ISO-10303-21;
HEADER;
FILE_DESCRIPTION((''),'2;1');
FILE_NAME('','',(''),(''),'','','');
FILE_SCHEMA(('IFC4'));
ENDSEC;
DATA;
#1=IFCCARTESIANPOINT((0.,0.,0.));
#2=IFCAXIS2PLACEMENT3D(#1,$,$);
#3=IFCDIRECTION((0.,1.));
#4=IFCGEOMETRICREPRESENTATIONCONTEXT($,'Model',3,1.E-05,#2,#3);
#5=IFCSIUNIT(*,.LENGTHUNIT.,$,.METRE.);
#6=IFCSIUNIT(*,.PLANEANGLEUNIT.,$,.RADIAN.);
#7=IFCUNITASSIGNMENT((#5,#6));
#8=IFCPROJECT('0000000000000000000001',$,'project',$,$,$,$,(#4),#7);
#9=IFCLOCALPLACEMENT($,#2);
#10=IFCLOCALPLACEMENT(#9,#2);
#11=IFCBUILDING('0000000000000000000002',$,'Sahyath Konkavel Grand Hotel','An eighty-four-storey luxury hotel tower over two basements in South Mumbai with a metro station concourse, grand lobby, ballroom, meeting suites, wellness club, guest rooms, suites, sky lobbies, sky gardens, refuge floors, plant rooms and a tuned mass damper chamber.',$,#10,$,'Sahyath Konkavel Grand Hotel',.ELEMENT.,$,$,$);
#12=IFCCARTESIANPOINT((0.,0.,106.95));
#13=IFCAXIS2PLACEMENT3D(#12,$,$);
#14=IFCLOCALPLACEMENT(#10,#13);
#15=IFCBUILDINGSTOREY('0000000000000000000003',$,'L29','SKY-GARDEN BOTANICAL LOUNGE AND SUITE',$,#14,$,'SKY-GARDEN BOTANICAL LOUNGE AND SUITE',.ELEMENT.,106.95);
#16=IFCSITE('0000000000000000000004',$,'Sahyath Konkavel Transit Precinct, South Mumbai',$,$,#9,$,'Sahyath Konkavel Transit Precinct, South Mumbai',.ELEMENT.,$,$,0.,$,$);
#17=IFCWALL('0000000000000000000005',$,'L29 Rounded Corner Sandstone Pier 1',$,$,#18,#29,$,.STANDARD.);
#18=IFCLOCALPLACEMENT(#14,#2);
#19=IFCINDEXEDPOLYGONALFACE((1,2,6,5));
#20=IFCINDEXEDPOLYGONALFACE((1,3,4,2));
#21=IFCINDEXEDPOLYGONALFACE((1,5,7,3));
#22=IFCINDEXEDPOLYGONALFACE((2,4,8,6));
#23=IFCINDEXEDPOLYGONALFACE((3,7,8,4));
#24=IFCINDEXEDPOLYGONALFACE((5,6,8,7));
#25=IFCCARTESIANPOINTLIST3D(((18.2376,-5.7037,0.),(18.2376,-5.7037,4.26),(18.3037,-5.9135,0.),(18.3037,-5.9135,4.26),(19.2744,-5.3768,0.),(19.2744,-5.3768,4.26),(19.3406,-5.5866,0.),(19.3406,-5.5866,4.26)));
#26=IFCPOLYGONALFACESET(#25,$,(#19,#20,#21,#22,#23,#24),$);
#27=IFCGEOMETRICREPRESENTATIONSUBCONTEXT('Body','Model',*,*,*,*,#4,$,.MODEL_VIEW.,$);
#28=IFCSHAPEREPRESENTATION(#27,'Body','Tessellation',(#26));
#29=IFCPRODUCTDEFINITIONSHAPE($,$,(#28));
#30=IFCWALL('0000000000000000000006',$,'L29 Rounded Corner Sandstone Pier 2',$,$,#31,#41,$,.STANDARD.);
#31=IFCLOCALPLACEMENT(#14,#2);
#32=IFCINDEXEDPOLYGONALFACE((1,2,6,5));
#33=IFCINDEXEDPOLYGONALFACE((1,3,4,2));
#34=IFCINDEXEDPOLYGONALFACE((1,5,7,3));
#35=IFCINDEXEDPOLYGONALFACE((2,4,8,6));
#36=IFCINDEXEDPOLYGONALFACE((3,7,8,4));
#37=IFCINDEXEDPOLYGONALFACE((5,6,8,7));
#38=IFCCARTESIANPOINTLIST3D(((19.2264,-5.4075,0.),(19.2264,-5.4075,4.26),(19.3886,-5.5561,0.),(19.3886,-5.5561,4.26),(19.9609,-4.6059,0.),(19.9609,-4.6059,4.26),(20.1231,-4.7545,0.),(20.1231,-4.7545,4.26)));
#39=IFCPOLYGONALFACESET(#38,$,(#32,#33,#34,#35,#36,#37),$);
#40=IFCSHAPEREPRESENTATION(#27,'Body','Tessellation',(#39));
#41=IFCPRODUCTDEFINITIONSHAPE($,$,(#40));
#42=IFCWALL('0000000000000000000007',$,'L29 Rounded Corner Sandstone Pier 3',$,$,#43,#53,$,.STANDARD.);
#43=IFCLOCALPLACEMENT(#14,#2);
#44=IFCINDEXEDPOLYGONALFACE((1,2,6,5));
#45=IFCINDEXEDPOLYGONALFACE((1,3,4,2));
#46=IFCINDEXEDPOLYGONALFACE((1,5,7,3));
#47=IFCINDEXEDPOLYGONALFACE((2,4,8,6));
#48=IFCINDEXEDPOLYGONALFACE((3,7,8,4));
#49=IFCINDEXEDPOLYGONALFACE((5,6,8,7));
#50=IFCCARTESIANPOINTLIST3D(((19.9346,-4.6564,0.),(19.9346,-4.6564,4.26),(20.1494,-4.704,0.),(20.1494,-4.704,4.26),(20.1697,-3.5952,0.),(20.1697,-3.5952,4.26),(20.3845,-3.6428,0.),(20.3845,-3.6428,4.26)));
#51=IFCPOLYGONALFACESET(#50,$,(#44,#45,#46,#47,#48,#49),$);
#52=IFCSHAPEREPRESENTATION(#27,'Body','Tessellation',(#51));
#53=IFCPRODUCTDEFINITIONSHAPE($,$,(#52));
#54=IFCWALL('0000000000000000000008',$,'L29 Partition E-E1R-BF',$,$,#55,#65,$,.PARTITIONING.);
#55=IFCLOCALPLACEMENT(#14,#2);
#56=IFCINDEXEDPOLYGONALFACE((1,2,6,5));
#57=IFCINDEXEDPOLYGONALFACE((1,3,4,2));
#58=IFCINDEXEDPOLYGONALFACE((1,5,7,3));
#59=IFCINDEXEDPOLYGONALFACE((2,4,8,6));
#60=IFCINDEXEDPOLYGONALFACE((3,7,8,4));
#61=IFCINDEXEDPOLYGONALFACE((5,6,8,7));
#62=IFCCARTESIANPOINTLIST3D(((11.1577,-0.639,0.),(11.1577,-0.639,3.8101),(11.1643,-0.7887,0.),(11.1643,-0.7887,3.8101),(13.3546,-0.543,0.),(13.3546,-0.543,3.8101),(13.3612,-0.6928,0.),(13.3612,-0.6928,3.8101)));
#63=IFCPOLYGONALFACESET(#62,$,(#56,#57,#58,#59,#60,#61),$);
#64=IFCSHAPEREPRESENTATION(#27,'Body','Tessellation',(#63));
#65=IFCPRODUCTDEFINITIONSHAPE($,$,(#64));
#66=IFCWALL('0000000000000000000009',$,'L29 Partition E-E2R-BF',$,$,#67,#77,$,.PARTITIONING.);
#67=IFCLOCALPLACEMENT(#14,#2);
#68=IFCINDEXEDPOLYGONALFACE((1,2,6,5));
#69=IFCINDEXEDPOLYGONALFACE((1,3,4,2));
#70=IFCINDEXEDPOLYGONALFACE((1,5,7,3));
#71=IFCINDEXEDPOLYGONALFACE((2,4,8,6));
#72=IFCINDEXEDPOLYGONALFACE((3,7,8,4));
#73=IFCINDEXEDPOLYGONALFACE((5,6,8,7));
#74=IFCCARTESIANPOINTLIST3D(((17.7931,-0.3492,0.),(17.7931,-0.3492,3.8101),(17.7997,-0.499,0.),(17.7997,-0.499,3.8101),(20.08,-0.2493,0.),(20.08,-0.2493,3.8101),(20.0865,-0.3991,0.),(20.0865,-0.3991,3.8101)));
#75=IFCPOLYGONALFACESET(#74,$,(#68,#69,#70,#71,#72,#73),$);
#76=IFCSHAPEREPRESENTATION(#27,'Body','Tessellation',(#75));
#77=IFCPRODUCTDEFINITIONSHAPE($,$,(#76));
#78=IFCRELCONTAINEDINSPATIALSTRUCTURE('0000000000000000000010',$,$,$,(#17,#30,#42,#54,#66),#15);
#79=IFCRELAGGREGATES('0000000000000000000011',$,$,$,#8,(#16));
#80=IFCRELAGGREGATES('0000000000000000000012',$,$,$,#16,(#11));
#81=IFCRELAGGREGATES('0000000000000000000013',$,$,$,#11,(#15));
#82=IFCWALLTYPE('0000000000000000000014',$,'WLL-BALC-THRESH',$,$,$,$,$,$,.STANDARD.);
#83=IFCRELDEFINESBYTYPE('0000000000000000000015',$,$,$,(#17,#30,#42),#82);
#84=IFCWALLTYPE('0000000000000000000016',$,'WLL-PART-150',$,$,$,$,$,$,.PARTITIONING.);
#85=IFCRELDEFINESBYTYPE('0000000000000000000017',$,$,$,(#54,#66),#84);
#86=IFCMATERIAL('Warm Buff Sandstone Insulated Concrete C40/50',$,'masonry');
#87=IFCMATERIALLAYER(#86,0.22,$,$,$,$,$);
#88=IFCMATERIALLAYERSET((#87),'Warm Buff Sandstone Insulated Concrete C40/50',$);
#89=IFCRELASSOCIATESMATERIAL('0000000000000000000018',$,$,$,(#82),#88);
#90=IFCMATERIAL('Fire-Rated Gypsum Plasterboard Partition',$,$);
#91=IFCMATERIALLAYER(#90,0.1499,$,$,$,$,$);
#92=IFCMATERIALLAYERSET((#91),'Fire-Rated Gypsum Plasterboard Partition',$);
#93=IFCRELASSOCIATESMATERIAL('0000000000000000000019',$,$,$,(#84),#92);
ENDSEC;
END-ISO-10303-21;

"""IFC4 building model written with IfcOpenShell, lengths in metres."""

from ifc_helpers import new_model, si_unit, direction, frame, frame_2d, origin, place, context, subcontext, project, spatial, rectangle, extrude, material, layer, layer_set, type_object, element, save


model = new_model("IFC4")

# Units and contexts
model_context = context("Model", 3, precision=1e-05, world=origin(), true_north=direction((0.0, 1.0)))
body_context = subcontext(model_context, "Body", "Model", "MODEL_VIEW")
ifc_project = project(units=[si_unit("LENGTHUNIT", "METRE"), si_unit("PLANEANGLEUNIT", "RADIAN")], contexts=[model_context])

# Site, building, storey
site_placement = place(None, origin())
site = spatial("IfcSite", under=ifc_project, at=site_placement, Name="Sahyath Konkavel Transit Precinct, South Mumbai", LongName="Sahyath Konkavel Transit Precinct, South Mumbai", CompositionType="ELEMENT", RefElevation=0.0)
building_placement = place(site_placement, origin())
building = spatial("IfcBuilding", under=site, at=building_placement, Name="Sahyath Konkavel Grand Hotel", Description="An eighty-four-storey luxury hotel tower over two basements in South Mumbai with a metro station concourse, grand lobby, ballroom, meeting suites, wellness club, guest rooms, suites, sky lobbies, sky gardens, refuge floors, plant rooms and a tuned mass damper chamber.", LongName="Sahyath Konkavel Grand Hotel", CompositionType="ELEMENT")
storey_placement = place(building_placement, frame((0.0, 0.0, 106.95)))
storey = spatial("IfcBuildingStorey", under=building, at=storey_placement, Name="L29", Description="SKY-GARDEN BOTANICAL LOUNGE AND SUITE", LongName="SKY-GARDEN BOTANICAL LOUNGE AND SUITE", CompositionType="ELEMENT", Elevation=106.95)

# Walls
ifc_material_1 = material(Name="Warm Buff Sandstone Insulated Concrete C40/50", Category="masonry")
ifc_layer_1 = layer(ifc_material_1, 0.22)
ifc_layer_set_1 = layer_set([ifc_layer_1], Name="Warm Buff Sandstone Insulated Concrete C40/50")
wall_type_1 = type_object("IfcWallType", Name="WLL-BALC-THRESH", PredefinedType="STANDARD", material=ifc_layer_set_1)
for number, where, z_axis, x_axis, name in (
    (1, (18.2708, -5.8086, 0.0), (0.0, 0.0, 1.0), (0.953722, 0.300691, 0.0), "L29 Rounded Corner Sandstone Pier 1"),
    (2, (19.3076, -5.4817, 0.0), (0.0, 0.0, 1.0), (0.675552, 0.737313, 0.0), "L29 Rounded Corner Sandstone Pier 2"),
):
    element("IfcWall", number, at=place(storey_placement, frame(where, z_axis=z_axis, x_axis=x_axis)), inside=storey, type_object=wall_type_1, Name=name, PredefinedType="STANDARD", context=body_context, shape_type="SweptSolid", body=[
        extrude(rectangle(XDim=1.0872, YDim=0.22, at=frame_2d((0.5435, 0.0))), origin(), (0.0, 0.0, 1.0), 4.26),
    ])
wall_1_placement = place(storey_placement, frame((20.042, -4.6802, 0.0), z_axis=(0.0, 0.0, 1.0), x_axis=(0.216288, 0.97633, 0.0)))
element("IfcWall", 3, at=wall_1_placement, inside=storey, type_object=wall_type_1, Name="L29 Rounded Corner Sandstone Pier 3", PredefinedType="STANDARD", context=body_context, shape_type="SweptSolid", body=[
    extrude(rectangle(XDim=1.0869, YDim=0.22, at=frame_2d((0.5435, 0.0))), origin(), (0.0, 0.0, 1.0), 4.26),
])
ifc_material_2 = material(Name="Fire-Rated Gypsum Plasterboard Partition")
ifc_layer_2 = layer(ifc_material_2, 0.1499)
ifc_layer_set_2 = layer_set([ifc_layer_2], Name="Fire-Rated Gypsum Plasterboard Partition")
wall_type_2 = type_object("IfcWallType", Name="WLL-PART-150", PredefinedType="PARTITIONING", material=ifc_layer_set_2)
wall_2_placement = place(storey_placement, frame((11.1609, -0.7139, 0.0), z_axis=(0.0, 0.0, 1.0), x_axis=(0.999048, 0.043635, 0.0)))
element("IfcWall", 4, at=wall_2_placement, inside=storey, type_object=wall_type_2, Name="L29 Partition E-E1R-BF", PredefinedType="PARTITIONING", context=body_context, shape_type="SweptSolid", body=[
    extrude(rectangle(XDim=2.199, YDim=0.1499, at=frame_2d((1.0996, 0.0))), origin(), (0.0, 0.0, 1.0), 3.8101),
])
wall_3_placement = place(storey_placement, frame((17.7964, -0.4241, 0.0), z_axis=(0.0, 0.0, 1.0), x_axis=(0.999048, 0.043622, 0.0)))
element("IfcWall", 5, at=wall_3_placement, inside=storey, type_object=wall_type_2, Name="L29 Partition E-E2R-BF", PredefinedType="PARTITIONING", context=body_context, shape_type="SweptSolid", body=[
    extrude(rectangle(XDim=2.2891, YDim=0.1499, at=frame_2d((1.1445, 0.0))), origin(), (0.0, 0.0, 1.0), 3.8101),
])

save(model, "model.ifc")
